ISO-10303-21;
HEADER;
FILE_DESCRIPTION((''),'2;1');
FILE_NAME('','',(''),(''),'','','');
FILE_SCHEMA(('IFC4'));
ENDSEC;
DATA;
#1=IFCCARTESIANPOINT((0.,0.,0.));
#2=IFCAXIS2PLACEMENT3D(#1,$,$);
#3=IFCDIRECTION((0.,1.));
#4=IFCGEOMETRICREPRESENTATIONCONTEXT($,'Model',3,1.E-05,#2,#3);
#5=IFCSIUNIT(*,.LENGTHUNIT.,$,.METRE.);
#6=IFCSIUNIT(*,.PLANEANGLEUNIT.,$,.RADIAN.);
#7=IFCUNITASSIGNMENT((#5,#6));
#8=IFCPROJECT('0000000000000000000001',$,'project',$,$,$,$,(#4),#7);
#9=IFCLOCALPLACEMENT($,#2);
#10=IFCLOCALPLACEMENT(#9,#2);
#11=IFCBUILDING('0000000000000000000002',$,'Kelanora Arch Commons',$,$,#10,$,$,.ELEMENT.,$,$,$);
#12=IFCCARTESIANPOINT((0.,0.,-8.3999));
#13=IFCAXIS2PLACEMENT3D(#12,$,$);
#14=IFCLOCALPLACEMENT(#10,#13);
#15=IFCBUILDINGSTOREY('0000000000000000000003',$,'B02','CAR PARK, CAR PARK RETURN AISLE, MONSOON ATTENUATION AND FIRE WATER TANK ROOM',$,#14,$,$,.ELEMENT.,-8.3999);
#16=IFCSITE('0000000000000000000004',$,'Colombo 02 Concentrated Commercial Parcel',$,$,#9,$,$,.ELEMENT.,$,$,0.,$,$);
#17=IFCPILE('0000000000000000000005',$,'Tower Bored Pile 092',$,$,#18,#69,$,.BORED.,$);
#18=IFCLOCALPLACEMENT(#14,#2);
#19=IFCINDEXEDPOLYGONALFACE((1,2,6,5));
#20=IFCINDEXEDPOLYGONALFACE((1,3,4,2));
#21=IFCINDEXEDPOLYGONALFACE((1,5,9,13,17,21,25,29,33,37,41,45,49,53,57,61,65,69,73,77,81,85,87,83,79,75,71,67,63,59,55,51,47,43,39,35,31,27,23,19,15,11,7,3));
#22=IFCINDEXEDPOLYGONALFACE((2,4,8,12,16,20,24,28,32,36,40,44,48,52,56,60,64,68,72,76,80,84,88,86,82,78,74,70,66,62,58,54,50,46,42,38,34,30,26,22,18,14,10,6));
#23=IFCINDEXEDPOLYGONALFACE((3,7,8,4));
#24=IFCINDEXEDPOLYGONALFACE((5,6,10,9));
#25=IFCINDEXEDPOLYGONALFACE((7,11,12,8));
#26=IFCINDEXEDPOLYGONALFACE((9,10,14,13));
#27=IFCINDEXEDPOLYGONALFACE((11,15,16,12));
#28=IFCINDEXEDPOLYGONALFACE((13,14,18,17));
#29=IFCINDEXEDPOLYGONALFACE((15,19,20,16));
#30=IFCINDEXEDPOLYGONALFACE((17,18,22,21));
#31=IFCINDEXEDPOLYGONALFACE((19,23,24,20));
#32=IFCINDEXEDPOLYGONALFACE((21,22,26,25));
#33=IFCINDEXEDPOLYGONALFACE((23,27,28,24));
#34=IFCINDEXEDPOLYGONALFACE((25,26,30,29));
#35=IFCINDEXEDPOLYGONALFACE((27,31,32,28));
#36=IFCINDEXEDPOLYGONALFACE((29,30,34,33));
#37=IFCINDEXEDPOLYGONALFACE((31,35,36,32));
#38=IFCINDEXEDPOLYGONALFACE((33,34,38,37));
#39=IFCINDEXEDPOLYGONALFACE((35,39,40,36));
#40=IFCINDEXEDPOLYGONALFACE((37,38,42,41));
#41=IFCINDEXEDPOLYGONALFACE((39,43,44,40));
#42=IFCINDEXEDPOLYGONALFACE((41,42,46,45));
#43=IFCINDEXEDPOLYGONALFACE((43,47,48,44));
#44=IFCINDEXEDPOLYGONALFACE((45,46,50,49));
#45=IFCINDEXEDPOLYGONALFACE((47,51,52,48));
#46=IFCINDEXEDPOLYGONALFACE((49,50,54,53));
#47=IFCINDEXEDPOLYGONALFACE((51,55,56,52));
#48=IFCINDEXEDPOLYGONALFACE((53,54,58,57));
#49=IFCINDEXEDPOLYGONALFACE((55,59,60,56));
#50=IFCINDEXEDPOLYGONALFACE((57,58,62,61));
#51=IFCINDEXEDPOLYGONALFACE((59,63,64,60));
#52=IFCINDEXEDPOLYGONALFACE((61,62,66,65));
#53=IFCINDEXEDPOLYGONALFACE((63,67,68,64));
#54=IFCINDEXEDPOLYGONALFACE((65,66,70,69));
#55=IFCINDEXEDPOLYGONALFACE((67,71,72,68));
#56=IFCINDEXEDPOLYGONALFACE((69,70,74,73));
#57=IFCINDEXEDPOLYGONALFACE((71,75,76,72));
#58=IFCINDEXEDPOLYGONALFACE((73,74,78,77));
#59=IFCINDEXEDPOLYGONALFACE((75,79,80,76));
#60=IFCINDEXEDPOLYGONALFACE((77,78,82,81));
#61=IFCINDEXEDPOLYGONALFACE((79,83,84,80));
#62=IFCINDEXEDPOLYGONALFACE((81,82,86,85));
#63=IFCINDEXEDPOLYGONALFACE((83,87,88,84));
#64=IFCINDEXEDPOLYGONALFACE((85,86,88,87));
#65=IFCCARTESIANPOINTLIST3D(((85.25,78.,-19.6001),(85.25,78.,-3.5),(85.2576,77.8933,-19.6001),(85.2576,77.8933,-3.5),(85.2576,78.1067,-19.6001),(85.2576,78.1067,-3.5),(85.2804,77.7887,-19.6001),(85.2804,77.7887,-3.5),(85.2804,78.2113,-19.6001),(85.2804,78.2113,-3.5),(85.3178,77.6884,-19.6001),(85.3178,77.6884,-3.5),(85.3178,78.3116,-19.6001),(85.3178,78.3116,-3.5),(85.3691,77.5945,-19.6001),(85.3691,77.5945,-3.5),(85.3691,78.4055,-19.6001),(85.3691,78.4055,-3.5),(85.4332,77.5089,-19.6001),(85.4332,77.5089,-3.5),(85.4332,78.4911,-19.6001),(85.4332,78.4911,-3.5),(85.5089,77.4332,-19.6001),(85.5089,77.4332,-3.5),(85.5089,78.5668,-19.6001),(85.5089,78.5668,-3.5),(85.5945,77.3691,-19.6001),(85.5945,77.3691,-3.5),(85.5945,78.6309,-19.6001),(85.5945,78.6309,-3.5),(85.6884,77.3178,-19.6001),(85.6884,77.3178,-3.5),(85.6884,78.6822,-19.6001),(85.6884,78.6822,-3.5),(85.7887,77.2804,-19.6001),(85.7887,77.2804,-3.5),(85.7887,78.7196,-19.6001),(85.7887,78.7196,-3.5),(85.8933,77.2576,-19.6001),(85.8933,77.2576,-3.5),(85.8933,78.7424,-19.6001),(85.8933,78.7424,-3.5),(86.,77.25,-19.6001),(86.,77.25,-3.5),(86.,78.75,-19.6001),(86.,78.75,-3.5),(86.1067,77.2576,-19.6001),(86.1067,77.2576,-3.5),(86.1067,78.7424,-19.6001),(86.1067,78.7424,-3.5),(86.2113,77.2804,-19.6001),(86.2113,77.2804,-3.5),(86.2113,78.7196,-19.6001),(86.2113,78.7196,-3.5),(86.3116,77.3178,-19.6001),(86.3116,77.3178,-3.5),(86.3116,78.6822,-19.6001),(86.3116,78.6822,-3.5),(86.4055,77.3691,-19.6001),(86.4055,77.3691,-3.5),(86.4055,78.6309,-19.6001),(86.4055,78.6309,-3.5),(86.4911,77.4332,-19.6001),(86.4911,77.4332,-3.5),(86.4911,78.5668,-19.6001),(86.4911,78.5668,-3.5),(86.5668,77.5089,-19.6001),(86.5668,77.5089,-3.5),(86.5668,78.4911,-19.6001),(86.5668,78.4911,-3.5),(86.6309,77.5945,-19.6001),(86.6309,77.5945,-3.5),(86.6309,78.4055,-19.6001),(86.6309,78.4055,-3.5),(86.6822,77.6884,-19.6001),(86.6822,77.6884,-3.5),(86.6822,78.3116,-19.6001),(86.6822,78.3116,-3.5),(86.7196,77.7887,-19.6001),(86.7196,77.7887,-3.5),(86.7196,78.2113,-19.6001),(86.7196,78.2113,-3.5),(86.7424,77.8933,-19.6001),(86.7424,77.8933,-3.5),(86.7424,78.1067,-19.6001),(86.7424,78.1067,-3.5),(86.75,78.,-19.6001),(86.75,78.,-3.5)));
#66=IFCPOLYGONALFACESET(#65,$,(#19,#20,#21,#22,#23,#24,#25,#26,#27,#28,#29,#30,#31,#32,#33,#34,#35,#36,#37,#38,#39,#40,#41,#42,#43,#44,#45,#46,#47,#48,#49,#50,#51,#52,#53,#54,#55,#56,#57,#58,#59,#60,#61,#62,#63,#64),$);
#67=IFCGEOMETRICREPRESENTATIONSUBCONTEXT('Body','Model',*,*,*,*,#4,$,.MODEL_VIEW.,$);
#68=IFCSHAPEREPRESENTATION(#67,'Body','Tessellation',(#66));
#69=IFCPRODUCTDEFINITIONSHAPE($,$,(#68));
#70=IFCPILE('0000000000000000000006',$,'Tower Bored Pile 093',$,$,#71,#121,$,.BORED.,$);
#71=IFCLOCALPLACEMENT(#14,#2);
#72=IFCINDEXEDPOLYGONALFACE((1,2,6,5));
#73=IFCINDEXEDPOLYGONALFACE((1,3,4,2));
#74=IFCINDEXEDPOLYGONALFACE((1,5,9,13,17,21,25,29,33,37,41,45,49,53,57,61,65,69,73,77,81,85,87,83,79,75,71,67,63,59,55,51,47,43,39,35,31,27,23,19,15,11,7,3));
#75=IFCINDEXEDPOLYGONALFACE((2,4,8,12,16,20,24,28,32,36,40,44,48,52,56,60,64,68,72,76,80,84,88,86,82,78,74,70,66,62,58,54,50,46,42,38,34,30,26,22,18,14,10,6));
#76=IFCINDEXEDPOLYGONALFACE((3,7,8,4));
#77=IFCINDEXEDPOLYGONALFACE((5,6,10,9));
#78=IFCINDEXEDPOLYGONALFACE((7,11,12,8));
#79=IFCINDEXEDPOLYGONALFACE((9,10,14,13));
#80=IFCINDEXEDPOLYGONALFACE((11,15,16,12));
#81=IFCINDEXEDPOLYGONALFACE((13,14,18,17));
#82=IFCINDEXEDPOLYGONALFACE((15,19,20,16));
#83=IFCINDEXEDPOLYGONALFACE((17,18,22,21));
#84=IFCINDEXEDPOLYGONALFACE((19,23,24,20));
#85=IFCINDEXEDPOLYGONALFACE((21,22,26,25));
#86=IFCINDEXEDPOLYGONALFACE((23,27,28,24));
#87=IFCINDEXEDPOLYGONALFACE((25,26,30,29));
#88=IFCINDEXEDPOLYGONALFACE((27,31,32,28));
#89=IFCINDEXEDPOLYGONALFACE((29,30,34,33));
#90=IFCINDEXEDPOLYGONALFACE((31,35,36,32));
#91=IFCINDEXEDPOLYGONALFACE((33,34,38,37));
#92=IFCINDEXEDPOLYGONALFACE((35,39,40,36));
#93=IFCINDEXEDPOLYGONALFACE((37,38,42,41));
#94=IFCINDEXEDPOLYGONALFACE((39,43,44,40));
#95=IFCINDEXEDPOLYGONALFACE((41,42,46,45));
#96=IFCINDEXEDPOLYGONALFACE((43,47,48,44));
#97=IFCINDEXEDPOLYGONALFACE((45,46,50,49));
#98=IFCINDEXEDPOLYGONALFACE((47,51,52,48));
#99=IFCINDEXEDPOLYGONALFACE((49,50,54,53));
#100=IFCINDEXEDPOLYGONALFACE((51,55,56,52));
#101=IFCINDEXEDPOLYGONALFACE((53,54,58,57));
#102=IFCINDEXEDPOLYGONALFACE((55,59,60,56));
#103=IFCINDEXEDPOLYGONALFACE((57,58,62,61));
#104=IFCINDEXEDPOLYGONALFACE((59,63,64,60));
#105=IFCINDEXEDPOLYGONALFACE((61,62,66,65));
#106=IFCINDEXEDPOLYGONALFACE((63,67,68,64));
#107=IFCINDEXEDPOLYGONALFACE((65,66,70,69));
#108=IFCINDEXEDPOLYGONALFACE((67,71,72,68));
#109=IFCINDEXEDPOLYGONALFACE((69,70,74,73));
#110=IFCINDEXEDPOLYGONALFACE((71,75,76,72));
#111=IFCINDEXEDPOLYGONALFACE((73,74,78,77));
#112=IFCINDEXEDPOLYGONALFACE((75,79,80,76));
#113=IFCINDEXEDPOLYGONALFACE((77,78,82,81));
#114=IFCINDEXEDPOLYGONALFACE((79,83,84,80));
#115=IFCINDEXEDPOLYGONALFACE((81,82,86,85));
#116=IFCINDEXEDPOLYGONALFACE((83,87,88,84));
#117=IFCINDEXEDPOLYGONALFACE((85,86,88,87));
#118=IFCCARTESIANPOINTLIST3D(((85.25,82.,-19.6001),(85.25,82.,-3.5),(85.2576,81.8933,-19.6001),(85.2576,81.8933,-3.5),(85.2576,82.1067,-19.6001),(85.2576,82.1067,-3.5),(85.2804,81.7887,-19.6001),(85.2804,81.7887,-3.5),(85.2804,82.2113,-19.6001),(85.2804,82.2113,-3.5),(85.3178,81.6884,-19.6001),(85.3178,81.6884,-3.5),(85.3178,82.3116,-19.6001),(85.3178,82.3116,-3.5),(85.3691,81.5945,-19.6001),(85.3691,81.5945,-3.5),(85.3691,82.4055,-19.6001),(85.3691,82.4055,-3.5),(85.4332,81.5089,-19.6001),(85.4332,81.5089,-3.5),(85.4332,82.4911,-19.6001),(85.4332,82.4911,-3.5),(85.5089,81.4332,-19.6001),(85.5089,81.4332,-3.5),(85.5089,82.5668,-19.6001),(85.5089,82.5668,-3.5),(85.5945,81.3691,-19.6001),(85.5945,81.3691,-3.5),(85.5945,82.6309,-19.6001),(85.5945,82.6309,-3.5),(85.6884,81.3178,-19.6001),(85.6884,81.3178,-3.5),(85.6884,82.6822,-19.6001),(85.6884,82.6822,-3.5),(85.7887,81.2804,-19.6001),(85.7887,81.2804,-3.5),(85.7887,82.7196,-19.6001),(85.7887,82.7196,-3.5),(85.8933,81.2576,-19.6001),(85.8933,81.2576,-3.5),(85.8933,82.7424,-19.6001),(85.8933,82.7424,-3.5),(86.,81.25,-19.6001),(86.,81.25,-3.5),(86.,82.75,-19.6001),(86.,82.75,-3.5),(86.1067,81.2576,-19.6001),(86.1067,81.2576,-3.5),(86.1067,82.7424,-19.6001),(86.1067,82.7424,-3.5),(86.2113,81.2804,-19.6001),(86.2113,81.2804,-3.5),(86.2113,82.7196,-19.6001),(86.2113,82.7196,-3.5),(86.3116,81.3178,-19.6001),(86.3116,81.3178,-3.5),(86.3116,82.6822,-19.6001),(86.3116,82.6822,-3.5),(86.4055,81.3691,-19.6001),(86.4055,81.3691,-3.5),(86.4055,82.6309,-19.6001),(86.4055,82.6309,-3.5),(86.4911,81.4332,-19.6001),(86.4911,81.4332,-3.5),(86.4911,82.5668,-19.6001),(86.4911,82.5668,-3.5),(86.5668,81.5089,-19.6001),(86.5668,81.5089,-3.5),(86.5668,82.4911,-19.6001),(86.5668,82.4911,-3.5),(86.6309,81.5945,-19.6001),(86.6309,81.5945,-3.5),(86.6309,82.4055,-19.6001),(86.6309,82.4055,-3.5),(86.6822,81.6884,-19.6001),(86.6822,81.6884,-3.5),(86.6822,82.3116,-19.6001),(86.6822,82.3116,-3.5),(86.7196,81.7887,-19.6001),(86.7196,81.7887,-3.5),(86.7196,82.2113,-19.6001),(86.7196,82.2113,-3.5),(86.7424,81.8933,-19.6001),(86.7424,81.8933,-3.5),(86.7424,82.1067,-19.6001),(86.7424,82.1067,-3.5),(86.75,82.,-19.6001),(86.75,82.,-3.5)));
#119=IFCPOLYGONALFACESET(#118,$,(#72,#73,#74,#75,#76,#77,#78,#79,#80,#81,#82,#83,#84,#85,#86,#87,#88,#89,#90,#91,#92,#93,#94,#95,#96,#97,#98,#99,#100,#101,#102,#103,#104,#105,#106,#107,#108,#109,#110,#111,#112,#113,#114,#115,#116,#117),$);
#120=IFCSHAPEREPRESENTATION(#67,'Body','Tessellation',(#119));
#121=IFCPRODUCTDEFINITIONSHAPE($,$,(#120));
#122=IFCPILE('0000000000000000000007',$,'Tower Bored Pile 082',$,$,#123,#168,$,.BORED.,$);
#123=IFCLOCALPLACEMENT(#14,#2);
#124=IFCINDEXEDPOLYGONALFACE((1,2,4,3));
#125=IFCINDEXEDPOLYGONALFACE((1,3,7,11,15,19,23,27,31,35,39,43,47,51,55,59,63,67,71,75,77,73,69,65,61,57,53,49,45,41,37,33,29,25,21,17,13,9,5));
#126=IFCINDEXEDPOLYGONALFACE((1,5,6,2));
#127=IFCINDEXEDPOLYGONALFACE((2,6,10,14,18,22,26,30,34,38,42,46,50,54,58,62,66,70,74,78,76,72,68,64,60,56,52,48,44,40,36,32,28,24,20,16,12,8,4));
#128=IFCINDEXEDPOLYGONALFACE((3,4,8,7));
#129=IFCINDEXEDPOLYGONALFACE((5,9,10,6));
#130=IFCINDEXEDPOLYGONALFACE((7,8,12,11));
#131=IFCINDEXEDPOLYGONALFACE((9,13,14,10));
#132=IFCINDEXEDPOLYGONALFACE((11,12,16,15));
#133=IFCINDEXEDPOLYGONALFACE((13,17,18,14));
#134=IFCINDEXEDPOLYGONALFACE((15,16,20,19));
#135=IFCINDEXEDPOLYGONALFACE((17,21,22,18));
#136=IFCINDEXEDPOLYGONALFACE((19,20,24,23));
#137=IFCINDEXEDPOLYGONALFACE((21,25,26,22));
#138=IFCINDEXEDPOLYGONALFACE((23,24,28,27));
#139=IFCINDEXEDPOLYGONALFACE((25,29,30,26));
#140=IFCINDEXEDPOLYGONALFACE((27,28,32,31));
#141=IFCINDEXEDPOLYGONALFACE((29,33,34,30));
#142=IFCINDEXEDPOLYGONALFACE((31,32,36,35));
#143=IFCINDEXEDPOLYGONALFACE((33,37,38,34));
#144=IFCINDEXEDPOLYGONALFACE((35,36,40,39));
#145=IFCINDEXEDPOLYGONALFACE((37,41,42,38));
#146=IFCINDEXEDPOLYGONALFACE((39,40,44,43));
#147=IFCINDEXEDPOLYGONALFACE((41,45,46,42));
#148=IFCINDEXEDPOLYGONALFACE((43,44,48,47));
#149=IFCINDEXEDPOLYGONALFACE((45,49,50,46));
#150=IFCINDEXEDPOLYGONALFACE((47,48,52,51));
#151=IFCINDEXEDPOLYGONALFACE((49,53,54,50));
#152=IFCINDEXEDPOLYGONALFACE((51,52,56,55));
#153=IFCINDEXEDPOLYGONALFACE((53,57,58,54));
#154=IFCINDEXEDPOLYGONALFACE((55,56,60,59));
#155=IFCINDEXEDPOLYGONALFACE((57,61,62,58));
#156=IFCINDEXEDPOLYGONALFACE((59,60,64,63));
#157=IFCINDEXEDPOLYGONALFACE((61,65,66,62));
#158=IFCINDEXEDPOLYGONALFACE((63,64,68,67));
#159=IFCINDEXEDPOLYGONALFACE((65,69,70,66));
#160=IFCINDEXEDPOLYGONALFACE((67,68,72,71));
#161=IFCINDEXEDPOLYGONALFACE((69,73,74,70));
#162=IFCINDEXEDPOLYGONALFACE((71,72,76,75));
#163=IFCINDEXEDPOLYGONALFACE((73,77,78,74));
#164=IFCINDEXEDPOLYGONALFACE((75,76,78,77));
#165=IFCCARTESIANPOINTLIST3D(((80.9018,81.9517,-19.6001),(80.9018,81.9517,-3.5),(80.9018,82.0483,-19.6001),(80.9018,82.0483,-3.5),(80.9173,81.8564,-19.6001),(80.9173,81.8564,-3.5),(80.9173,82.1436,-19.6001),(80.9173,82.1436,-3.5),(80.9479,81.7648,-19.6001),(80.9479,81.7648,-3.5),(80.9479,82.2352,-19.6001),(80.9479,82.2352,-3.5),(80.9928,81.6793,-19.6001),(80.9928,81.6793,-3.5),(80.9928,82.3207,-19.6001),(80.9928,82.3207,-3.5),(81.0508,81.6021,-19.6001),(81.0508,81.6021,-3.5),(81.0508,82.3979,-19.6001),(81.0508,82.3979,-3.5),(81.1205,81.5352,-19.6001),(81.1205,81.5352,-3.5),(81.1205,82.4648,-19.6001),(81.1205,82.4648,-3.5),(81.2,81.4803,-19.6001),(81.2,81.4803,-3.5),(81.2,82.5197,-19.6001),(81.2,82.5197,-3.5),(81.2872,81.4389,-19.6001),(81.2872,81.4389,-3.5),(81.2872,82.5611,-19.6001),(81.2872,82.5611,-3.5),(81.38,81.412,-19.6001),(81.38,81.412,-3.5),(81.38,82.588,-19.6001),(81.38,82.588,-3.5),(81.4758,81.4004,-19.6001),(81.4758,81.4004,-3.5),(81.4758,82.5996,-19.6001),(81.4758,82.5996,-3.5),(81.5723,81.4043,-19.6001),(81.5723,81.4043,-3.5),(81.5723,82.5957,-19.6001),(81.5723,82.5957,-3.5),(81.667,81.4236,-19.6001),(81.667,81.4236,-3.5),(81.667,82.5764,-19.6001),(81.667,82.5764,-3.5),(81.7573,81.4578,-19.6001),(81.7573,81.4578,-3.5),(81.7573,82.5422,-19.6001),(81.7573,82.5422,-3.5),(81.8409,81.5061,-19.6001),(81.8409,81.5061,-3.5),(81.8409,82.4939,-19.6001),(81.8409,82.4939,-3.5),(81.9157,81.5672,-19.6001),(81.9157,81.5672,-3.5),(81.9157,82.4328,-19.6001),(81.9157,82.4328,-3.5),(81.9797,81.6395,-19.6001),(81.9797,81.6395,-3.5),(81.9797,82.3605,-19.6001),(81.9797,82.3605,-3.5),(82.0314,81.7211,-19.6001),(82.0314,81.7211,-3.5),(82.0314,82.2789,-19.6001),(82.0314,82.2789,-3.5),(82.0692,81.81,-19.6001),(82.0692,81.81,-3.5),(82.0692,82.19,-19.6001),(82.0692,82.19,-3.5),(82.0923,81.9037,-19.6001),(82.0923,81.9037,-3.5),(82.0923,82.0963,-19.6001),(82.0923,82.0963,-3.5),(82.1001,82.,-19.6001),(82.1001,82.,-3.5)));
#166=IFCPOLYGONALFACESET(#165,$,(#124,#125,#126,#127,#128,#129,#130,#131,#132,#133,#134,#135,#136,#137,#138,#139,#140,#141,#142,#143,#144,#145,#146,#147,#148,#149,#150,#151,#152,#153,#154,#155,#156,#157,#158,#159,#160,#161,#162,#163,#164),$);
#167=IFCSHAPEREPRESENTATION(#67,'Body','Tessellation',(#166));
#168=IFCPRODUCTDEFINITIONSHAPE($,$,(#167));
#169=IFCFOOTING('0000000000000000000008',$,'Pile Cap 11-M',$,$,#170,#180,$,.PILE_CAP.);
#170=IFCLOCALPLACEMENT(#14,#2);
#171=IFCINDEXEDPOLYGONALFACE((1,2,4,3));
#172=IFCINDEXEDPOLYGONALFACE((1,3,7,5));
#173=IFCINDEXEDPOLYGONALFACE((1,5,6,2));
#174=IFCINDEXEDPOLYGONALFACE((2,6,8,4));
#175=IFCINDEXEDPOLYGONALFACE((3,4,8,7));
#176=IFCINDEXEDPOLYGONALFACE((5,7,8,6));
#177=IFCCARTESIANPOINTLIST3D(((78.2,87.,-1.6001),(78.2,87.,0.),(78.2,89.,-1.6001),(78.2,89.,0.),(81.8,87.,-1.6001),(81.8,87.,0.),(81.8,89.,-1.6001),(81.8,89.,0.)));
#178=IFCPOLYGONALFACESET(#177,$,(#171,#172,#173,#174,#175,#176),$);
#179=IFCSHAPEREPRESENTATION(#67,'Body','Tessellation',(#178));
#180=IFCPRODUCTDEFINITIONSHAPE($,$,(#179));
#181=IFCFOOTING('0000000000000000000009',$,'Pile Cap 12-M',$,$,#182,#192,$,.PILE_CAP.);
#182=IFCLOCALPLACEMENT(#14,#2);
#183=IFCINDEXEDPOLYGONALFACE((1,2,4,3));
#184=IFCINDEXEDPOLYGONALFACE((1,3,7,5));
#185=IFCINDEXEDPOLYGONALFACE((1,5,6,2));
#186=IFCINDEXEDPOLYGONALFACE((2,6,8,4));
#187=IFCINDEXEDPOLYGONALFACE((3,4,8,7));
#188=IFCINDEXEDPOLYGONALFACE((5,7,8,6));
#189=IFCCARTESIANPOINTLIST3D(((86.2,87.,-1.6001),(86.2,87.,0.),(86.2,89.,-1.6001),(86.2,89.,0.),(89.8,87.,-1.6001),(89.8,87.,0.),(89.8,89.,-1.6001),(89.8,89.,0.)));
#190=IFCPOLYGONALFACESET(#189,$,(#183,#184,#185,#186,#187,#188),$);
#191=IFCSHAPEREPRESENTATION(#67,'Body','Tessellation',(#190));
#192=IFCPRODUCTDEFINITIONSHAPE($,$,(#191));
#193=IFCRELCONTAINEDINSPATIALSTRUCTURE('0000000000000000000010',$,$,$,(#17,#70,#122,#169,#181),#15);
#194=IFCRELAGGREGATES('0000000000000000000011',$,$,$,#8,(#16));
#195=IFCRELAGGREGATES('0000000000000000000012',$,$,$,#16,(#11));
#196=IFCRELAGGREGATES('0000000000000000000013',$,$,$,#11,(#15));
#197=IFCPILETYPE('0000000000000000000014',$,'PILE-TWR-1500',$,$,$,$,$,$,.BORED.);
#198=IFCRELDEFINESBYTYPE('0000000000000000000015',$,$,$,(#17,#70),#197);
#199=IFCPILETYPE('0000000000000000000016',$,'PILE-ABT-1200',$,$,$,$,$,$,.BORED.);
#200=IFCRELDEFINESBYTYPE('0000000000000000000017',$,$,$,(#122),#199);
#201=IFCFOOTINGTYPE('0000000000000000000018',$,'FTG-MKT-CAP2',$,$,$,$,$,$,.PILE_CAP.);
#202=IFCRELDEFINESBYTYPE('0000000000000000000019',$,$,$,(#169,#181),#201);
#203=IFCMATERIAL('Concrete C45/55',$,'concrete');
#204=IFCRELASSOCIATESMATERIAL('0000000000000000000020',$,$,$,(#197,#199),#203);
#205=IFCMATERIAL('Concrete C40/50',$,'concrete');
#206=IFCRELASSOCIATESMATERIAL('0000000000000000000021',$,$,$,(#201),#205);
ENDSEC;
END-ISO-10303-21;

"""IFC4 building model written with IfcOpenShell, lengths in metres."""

from ifc_helpers import new_model, si_unit, direction, frame, origin, origin_2d, place, context, subcontext, project, spatial, rectangle, circle, extrude, source, transform, mapped, material, material_profile, profile_set, type_object, element, save


model = new_model("IFC4")

# Units and contexts
model_context = context("Model", 3, precision=1e-05, world=origin(), true_north=direction((0.0, 1.0)))
body_context = subcontext(model_context, "Body", "Model", "MODEL_VIEW")
ifc_project = project(units=[si_unit("LENGTHUNIT", "METRE"), si_unit("PLANEANGLEUNIT", "RADIAN")], contexts=[model_context])

# Site, building, storey
site_placement = place(None, origin())
site = spatial("IfcSite", under=ifc_project, at=site_placement, Name="Colombo 02 Concentrated Commercial Parcel", CompositionType="ELEMENT", RefElevation=0.0)
building_placement = place(site_placement, origin())
building = spatial("IfcBuilding", under=site, at=building_placement, Name="Kelanora Arch Commons", CompositionType="ELEMENT")
storey_placement = place(building_placement, frame((0.0, 0.0, -8.3999)))
storey = spatial("IfcBuildingStorey", under=building, at=storey_placement, Name="B02", Description="CAR PARK, CAR PARK RETURN AISLE, MONSOON ATTENUATION AND FIRE WATER TANK ROOM", CompositionType="ELEMENT", Elevation=-8.3999)

# Piles
ifc_material_1 = material(Name="Concrete C45/55", Category="concrete")
ifc_material_profile_1 = material_profile(ifc_material_1, circle(Radius=0.75, at=origin_2d()), Name="PILE1500")
ifc_profile_set_1 = profile_set([ifc_material_profile_1], Name="Concrete C45/55")
pile_type_1 = type_object("IfcPileType", Name="PILE-TWR-1500", PredefinedType="BORED", material=ifc_profile_set_1)
shared_shape_1 = source(origin(), body_context, "Body", "SweptSolid", [
    extrude(circle(Radius=0.75, at=origin_2d()), origin(), (0.0, 0.0, 1.0), 16.1001),
])
for number, where, z_axis, x_axis, name in (
    (1, (86.0, 78.0, -3.5), (0.0, 0.0, -1.0), (1.0, 0.0, 0.0), "Tower Bored Pile 092"),
    (2, (86.0, 82.0, -3.5), (0.0, 0.0, -1.0), (1.0, 0.0, 0.0), "Tower Bored Pile 093"),
):
    element("IfcPile", number, at=place(storey_placement, frame(where, z_axis=z_axis, x_axis=x_axis)), inside=storey, type_object=pile_type_1, Name=name, PredefinedType="BORED", context=body_context, shape_type="MappedRepresentation", body=[
        mapped(shared_shape_1, transform((0.0, 0.0, 0.0), scale=1.0)),
    ])
ifc_material_profile_2 = material_profile(ifc_material_1, circle(Radius=0.6001, at=origin_2d()), Name="PILE1200")
ifc_profile_set_2 = profile_set([ifc_material_profile_2], Name="Concrete C45/55")
pile_type_2 = type_object("IfcPileType", Name="PILE-ABT-1200", PredefinedType="BORED", material=ifc_profile_set_2)
shared_shape_2 = source(origin(), body_context, "Body", "SweptSolid", [
    extrude(circle(Radius=0.6001, at=origin_2d()), origin(), (0.0, 0.0, 1.0), 16.1001),
])
pile_placement = place(storey_placement, frame((81.5, 82.0, -3.5), z_axis=(0.0, 0.0, -1.0), x_axis=(1.0, 0.0, 0.0)))
element("IfcPile", 3, at=pile_placement, inside=storey, type_object=pile_type_2, Name="Tower Bored Pile 082", PredefinedType="BORED", context=body_context, shape_type="MappedRepresentation", body=[
    mapped(shared_shape_2, transform((0.0, 0.0, 0.0), scale=1.0)),
])

# Footings
ifc_material_2 = material(Name="Concrete C40/50", Category="concrete")
footing_type_1 = type_object("IfcFootingType", Name="FTG-MKT-CAP2", PredefinedType="PILE_CAP", material=ifc_material_2)
shared_shape_3 = source(origin(), body_context, "Body", "SweptSolid", [
    extrude(rectangle(XDim=3.6001, YDim=2.0, at=origin_2d()), origin(), (0.0, 0.0, 1.0), 1.6001),
])
for number, where, z_axis, x_axis, name in (
    (4, (80.0, 88.0, -1.6001), (0.0, 0.0, 1.0), (1.0, 0.0, 0.0), "Pile Cap 11-M"),
    (5, (88.0, 88.0, -1.6001), (0.0, 0.0, 1.0), (1.0, 0.0, 0.0), "Pile Cap 12-M"),
):
    element("IfcFooting", number, at=place(storey_placement, frame(where, z_axis=z_axis, x_axis=x_axis)), inside=storey, type_object=footing_type_1, Name=name, PredefinedType="PILE_CAP", context=body_context, shape_type="MappedRepresentation", body=[
        mapped(shared_shape_3, transform((0.0, 0.0, 0.0), scale=1.0)),
    ])

save(model, "model.ifc")
